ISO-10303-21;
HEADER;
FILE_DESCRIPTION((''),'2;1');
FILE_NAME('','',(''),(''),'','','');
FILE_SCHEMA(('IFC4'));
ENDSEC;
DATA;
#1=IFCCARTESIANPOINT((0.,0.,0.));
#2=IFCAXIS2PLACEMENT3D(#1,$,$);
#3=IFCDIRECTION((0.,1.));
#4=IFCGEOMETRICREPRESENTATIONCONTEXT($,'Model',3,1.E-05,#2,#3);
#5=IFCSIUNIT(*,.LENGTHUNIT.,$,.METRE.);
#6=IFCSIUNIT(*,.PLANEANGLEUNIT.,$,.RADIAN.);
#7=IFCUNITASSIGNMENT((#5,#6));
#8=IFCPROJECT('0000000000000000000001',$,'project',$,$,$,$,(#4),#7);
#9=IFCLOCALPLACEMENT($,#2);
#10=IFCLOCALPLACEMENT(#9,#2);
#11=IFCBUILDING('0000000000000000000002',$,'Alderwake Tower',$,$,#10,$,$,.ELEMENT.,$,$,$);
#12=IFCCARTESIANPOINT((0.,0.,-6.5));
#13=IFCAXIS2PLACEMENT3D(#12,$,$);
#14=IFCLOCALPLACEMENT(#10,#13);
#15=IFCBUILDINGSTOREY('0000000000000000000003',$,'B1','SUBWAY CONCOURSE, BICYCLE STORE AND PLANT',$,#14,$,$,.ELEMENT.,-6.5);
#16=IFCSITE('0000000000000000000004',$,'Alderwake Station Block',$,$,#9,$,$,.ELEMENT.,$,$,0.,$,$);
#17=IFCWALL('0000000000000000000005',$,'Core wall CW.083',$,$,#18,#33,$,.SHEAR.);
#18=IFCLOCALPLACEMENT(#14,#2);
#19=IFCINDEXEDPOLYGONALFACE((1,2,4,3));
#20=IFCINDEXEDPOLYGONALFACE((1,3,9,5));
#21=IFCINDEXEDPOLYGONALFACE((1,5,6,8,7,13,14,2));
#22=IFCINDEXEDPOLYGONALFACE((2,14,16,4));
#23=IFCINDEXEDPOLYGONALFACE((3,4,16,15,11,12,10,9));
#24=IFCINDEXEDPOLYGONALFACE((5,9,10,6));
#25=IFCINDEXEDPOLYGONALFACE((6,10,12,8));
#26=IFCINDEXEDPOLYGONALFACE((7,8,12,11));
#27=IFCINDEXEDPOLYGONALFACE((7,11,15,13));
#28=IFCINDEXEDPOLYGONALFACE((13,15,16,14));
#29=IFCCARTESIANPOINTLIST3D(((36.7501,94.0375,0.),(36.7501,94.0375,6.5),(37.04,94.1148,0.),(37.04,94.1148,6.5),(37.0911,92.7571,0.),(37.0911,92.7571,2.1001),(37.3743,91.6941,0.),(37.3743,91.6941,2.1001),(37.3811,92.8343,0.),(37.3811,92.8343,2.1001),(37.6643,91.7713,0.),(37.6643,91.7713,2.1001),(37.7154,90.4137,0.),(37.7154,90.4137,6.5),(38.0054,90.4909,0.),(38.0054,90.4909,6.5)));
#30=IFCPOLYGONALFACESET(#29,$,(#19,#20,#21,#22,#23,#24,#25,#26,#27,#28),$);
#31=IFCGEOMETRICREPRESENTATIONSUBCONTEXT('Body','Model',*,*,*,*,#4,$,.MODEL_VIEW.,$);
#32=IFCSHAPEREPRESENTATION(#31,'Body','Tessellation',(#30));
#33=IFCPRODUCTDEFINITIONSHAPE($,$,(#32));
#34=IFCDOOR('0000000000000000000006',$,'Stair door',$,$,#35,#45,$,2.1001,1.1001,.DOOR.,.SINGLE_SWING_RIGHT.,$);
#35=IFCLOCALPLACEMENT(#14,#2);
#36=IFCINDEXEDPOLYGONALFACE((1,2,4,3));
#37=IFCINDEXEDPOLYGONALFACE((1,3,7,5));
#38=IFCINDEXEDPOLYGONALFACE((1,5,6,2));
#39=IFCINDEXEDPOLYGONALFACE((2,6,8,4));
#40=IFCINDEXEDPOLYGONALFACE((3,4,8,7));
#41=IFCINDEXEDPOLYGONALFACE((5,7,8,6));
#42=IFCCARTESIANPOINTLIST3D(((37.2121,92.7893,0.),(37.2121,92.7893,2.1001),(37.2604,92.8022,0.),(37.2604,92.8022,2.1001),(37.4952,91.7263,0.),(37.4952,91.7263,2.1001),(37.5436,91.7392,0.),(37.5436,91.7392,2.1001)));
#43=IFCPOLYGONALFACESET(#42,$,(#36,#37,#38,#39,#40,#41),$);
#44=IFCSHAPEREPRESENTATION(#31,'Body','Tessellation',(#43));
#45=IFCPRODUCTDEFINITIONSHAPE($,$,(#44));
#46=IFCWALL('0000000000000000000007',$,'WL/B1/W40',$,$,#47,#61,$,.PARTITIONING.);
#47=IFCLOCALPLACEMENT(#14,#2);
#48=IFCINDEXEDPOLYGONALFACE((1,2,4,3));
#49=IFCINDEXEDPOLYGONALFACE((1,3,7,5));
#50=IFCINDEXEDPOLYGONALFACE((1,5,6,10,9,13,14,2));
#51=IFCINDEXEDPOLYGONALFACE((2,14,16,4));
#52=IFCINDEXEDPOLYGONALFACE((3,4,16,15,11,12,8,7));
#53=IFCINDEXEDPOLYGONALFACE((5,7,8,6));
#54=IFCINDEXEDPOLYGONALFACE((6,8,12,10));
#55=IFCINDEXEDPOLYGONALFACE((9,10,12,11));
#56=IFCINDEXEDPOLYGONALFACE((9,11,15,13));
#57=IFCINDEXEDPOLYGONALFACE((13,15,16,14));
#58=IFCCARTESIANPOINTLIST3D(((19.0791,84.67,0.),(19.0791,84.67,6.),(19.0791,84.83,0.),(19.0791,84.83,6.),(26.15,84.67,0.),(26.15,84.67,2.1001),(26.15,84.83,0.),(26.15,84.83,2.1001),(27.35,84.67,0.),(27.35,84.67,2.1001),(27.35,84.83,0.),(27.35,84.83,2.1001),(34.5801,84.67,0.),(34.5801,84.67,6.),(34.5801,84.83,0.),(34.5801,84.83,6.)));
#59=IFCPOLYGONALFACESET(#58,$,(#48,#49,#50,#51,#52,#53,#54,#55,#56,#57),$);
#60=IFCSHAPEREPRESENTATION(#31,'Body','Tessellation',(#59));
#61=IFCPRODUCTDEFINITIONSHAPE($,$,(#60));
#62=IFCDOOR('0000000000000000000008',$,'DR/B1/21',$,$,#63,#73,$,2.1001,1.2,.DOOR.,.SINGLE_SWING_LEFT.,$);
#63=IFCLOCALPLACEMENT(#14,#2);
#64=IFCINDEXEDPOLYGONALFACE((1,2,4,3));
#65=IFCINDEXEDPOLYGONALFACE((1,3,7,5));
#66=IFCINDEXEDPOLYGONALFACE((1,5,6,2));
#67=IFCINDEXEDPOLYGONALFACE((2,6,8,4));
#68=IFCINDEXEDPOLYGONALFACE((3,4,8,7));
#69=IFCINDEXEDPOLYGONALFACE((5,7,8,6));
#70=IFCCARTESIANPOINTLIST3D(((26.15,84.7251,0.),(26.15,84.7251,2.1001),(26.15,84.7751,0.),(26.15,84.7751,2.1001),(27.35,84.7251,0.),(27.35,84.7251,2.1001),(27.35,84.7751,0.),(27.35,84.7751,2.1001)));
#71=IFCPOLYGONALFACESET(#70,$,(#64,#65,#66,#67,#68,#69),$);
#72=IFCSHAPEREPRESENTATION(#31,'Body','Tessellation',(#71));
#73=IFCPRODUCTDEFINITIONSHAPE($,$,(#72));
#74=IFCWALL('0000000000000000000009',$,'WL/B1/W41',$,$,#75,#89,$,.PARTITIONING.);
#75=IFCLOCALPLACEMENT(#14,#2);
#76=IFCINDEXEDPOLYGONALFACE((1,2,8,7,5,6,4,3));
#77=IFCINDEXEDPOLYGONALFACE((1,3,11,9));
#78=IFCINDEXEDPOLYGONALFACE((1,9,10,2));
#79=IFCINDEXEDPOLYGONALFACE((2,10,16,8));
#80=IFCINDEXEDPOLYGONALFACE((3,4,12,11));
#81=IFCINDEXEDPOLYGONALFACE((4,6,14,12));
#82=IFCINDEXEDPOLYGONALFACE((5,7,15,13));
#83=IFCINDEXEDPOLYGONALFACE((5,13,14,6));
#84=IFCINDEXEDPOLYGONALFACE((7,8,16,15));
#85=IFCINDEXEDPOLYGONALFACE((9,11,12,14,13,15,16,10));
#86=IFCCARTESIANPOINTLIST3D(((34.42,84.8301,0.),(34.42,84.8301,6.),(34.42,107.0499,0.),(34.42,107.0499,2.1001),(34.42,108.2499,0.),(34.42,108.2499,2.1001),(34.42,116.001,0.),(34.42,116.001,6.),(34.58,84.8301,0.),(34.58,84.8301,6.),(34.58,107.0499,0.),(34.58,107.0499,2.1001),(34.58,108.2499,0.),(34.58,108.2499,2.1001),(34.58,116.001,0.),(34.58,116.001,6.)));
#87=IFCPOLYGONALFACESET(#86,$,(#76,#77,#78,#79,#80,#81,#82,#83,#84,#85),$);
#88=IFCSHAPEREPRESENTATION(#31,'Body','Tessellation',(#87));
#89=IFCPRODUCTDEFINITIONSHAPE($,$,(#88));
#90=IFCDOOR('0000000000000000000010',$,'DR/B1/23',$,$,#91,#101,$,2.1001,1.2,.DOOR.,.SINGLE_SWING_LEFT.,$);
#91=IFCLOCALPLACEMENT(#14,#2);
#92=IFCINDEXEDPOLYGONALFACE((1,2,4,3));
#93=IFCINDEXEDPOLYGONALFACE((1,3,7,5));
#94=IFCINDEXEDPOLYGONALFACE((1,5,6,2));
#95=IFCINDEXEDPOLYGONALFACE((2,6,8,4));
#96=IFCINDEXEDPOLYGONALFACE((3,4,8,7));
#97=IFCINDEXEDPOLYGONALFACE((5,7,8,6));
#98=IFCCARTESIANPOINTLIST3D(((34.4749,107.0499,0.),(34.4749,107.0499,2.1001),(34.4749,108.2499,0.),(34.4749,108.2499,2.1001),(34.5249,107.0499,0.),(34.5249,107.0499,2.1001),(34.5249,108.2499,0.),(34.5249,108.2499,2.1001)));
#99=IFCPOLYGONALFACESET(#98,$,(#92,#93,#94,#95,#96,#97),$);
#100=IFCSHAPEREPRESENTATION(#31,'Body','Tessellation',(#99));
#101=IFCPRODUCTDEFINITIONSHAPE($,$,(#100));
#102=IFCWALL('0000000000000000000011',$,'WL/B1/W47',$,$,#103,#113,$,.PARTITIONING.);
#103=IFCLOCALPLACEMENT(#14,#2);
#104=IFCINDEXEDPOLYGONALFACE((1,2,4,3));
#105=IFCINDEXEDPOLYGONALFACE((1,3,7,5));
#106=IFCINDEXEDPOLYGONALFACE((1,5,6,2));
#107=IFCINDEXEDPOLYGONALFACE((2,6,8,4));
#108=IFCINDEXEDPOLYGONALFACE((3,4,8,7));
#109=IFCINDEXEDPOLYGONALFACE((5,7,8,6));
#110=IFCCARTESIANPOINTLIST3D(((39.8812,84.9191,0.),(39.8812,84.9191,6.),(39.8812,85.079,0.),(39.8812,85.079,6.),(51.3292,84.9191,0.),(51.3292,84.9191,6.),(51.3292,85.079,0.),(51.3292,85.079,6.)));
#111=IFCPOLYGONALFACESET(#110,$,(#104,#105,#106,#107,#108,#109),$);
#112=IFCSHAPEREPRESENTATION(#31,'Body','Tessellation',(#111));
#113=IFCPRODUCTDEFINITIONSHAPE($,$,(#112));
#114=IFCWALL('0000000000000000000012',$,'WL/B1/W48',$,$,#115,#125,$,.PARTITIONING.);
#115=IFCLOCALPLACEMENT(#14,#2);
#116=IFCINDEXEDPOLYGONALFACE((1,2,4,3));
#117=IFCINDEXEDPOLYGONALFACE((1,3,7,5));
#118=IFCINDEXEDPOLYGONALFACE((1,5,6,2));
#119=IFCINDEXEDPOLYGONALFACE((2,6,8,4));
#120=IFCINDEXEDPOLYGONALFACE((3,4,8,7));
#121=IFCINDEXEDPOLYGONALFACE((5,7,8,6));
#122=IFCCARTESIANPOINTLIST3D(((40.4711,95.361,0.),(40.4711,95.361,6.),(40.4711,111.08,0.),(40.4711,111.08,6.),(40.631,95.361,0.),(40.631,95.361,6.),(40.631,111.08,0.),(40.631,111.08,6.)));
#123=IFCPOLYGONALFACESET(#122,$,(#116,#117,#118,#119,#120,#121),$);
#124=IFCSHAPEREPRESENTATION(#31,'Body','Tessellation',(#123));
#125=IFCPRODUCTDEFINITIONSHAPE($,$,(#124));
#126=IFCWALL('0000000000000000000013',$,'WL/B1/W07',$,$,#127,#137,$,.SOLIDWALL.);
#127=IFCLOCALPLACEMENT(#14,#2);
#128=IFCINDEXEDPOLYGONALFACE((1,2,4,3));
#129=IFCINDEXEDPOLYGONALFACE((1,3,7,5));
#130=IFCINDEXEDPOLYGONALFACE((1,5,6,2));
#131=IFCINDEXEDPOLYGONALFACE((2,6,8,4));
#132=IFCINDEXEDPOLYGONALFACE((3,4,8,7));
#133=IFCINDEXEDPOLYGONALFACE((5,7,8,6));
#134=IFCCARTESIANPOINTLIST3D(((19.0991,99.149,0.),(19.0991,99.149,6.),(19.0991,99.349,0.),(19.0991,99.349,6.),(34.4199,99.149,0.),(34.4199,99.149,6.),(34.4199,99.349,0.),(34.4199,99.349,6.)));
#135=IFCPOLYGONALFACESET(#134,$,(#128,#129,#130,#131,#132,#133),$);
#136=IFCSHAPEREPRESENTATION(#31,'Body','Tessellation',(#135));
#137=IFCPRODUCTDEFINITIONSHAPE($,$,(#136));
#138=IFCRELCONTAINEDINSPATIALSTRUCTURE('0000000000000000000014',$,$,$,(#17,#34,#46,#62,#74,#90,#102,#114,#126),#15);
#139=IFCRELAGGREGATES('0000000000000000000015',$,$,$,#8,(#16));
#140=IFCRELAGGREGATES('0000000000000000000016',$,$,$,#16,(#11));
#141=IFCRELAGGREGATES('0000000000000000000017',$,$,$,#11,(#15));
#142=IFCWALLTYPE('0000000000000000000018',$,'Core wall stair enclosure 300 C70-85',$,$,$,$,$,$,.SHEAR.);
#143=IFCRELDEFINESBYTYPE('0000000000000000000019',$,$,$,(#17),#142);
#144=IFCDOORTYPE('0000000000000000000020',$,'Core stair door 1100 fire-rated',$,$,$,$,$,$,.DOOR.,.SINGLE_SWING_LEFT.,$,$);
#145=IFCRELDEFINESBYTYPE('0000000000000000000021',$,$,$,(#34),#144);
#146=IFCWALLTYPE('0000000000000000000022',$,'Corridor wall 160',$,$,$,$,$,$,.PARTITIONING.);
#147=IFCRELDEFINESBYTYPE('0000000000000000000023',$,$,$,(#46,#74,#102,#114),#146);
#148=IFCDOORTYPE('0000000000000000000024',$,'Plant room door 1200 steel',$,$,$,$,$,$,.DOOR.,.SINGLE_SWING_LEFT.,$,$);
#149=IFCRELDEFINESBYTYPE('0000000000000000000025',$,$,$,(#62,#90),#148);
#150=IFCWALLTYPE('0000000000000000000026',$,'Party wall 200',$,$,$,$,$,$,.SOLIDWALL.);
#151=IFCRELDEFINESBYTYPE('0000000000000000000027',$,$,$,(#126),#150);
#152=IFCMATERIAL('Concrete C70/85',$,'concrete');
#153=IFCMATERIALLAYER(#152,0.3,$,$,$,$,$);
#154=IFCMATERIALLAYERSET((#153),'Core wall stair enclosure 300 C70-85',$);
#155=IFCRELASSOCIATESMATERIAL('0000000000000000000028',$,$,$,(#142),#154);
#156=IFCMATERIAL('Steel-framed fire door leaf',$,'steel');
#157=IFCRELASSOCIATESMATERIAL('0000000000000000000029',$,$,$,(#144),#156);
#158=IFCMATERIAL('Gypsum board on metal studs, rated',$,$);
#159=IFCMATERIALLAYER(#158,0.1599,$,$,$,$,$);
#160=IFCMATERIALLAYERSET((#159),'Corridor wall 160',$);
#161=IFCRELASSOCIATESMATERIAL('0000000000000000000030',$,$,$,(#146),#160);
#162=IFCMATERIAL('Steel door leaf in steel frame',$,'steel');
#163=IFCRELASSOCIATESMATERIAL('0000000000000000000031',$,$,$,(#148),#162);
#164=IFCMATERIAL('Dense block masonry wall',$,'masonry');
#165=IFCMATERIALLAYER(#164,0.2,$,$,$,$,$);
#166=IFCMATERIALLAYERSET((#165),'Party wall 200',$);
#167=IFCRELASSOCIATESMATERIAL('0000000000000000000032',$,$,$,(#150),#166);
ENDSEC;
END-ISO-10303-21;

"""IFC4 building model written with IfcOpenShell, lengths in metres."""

from ifc_helpers import new_model, si_unit, direction, frame, frame_2d, origin, place, context, subcontext, project, spatial, rectangle, extrude, material, layer, layer_set, type_object, element, fill, save


model = new_model("IFC4")

# Units and contexts
model_context = context("Model", 3, precision=1e-05, world=origin(), true_north=direction((0.0, 1.0)))
body_context = subcontext(model_context, "Body", "Model", "MODEL_VIEW")
ifc_project = project(units=[si_unit("LENGTHUNIT", "METRE"), si_unit("PLANEANGLEUNIT", "RADIAN")], contexts=[model_context])

# Site, building, storey
site_placement = place(None, origin())
site = spatial("IfcSite", under=ifc_project, at=site_placement, Name="Alderwake Station Block", CompositionType="ELEMENT", RefElevation=0.0)
building_placement = place(site_placement, origin())
building = spatial("IfcBuilding", under=site, at=building_placement, Name="Alderwake Tower", CompositionType="ELEMENT")
storey_placement = place(building_placement, frame((0.0, 0.0, -6.5)))
storey = spatial("IfcBuildingStorey", under=building, at=storey_placement, Name="B1", Description="SUBWAY CONCOURSE, BICYCLE STORE AND PLANT", CompositionType="ELEMENT", Elevation=-6.5)

# Shared definitions
ifc_material_1 = material(Name="Concrete C70/85", Category="concrete")
ifc_layer_1 = layer(ifc_material_1, 0.3)
ifc_layer_set_1 = layer_set([ifc_layer_1], Name="Core wall stair enclosure 300 C70-85")
wall_type_1 = type_object("IfcWallType", Name="Core wall stair enclosure 300 C70-85", PredefinedType="SHEAR", material=ifc_layer_set_1)

# Walls, openings, doors
wall_1_placement = place(storey_placement, frame((37.8604, 90.4524, 0.0), z_axis=(0.0, 0.0, 1.0), x_axis=(-0.257411, 0.966302, 0.0)))
wall_1 = element("IfcWall", 1, at=wall_1_placement, inside=storey, type_object=wall_type_1, Name="Core wall CW.083", PredefinedType="SHEAR", context=body_context, shape_type="SweptSolid", body=[
    extrude(rectangle(XDim=3.7502, YDim=0.3, at=frame_2d((1.875, 0.0))), origin(), (0.0, 0.0, 1.0), 6.5),
])
opening_1_placement = place(wall_1_placement, frame((1.325, 0.0, 0.0)))
opening_1 = element("IfcOpeningElement", 2, at=opening_1_placement, cuts=wall_1, PredefinedType="OPENING", context=body_context, shape_type="SweptSolid", body=[
    extrude(rectangle(XDim=1.1001, YDim=2.1001, at=frame_2d((0.55, 1.05))), frame((0.0, 0.1599, 0.0), z_axis=(0.0, -1.0, 0.0), x_axis=(1.0, 0.0, 0.0)), (0.0, 0.0, 1.0), 0.3201),
])
ifc_material_2 = material(Name="Steel-framed fire door leaf", Category="steel")
door_type_1 = type_object("IfcDoorType", Name="Core stair door 1100 fire-rated", OperationType="SINGLE_SWING_LEFT", PredefinedType="DOOR", material=ifc_material_2)
door_1_placement = place(opening_1_placement, origin())
door_1 = element("IfcDoor", 3, at=door_1_placement, inside=storey, type_object=door_type_1, Name="Stair door", OperationType="SINGLE_SWING_RIGHT", OverallHeight=2.1001, OverallWidth=1.1001, PredefinedType="DOOR", context=body_context, shape_type="SweptSolid", body=[
    extrude(rectangle(XDim=1.1001, YDim=2.1001, at=frame_2d((0.55, 1.05))), frame((0.0, 0.0249, 0.0), z_axis=(0.0, -1.0, 0.0), x_axis=(1.0, 0.0, 0.0)), (0.0, 0.0, 1.0), 0.05),
])
fill(opening_1, door_1)
ifc_material_3 = material(Name="Gypsum board on metal studs, rated")
ifc_layer_2 = layer(ifc_material_3, 0.1599)
ifc_layer_set_2 = layer_set([ifc_layer_2], Name="Corridor wall 160")
wall_type_2 = type_object("IfcWallType", Name="Corridor wall 160", PredefinedType="PARTITIONING", material=ifc_layer_set_2)
wall_2_placement = place(storey_placement, frame((34.5801, 84.75, 0.0), z_axis=(0.0, 0.0, 1.0), x_axis=(-1.0, 0.0, 0.0)))
wall_2 = element("IfcWall", 4, at=wall_2_placement, inside=storey, type_object=wall_type_2, Name="WL/B1/W40", PredefinedType="PARTITIONING", context=body_context, shape_type="SweptSolid", body=[
    extrude(rectangle(XDim=15.501, YDim=0.1599, at=frame_2d((7.7505, 0.0))), origin(), (0.0, 0.0, 1.0), 6.0),
])
opening_2_placement = place(wall_2_placement, frame((7.23, 0.0, 0.0)))
opening_2 = element("IfcOpeningElement", 5, at=opening_2_placement, cuts=wall_2, PredefinedType="OPENING", context=body_context, shape_type="SweptSolid", body=[
    extrude(rectangle(XDim=1.2, YDim=2.1001, at=frame_2d((0.6001, 1.05))), frame((0.0, 0.0898, 0.0), z_axis=(0.0, -1.0, 0.0), x_axis=(1.0, 0.0, 0.0)), (0.0, 0.0, 1.0), 0.1799),
])
ifc_material_4 = material(Name="Steel door leaf in steel frame", Category="steel")
door_type_2 = type_object("IfcDoorType", Name="Plant room door 1200 steel", OperationType="SINGLE_SWING_LEFT", PredefinedType="DOOR", material=ifc_material_4)
door_2_placement = place(opening_2_placement, origin())
door_2 = element("IfcDoor", 6, at=door_2_placement, inside=storey, type_object=door_type_2, Name="DR/B1/21", OperationType="SINGLE_SWING_LEFT", OverallHeight=2.1001, OverallWidth=1.2, PredefinedType="DOOR", context=body_context, shape_type="SweptSolid", body=[
    extrude(rectangle(XDim=1.2, YDim=2.1001, at=frame_2d((0.6001, 1.05))), frame((0.0, 0.0249, 0.0), z_axis=(0.0, -1.0, 0.0), x_axis=(1.0, 0.0, 0.0)), (0.0, 0.0, 1.0), 0.05),
])
fill(opening_2, door_2)
wall_3_placement = place(storey_placement, frame((34.5, 116.001, 0.0), z_axis=(0.0, 0.0, 1.0), x_axis=(0.0, -1.0, 0.0)))
wall_3 = element("IfcWall", 7, at=wall_3_placement, inside=storey, type_object=wall_type_2, Name="WL/B1/W41", PredefinedType="PARTITIONING", context=body_context, shape_type="SweptSolid", body=[
    extrude(rectangle(XDim=31.1709, YDim=0.1599, at=frame_2d((15.5854, 0.0))), origin(), (0.0, 0.0, 1.0), 6.0),
])
opening_3_placement = place(wall_3_placement, frame((7.751, 0.0, 0.0)))
opening_3 = element("IfcOpeningElement", 8, at=opening_3_placement, cuts=wall_3, PredefinedType="OPENING", context=body_context, shape_type="SweptSolid", body=[
    extrude(rectangle(XDim=1.2, YDim=2.1001, at=frame_2d((0.6001, 1.05))), frame((0.0, 0.0898, 0.0), z_axis=(0.0, -1.0, 0.0), x_axis=(1.0, 0.0, 0.0)), (0.0, 0.0, 1.0), 0.1799),
])
door_3_placement = place(opening_3_placement, origin())
door_3 = element("IfcDoor", 9, at=door_3_placement, inside=storey, type_object=door_type_2, Name="DR/B1/23", OperationType="SINGLE_SWING_LEFT", OverallHeight=2.1001, OverallWidth=1.2, PredefinedType="DOOR", context=body_context, shape_type="SweptSolid", body=[
    extrude(rectangle(XDim=1.2, YDim=2.1001, at=frame_2d((0.6001, 1.05))), frame((0.0, 0.0249, 0.0), z_axis=(0.0, -1.0, 0.0), x_axis=(1.0, 0.0, 0.0)), (0.0, 0.0, 1.0), 0.05),
])
fill(opening_3, door_3)

# Walls
wall_4_placement = place(storey_placement, frame((39.8811, 84.999, 0.0), z_axis=(0.0, 0.0, 1.0), x_axis=(1.0, 0.0, 0.0)))
element("IfcWall", 10, at=wall_4_placement, inside=storey, type_object=wall_type_2, Name="WL/B1/W47", PredefinedType="PARTITIONING", context=body_context, shape_type="SweptSolid", body=[
    extrude(rectangle(XDim=11.448, YDim=0.1599, at=frame_2d((5.7241, 0.0))), origin(), (0.0, 0.0, 1.0), 6.0),
])
wall_5_placement = place(storey_placement, frame((40.551, 95.3611, 0.0), z_axis=(0.0, 0.0, 1.0), x_axis=(0.0, 1.0, 0.0)))
element("IfcWall", 11, at=wall_5_placement, inside=storey, type_object=wall_type_2, Name="WL/B1/W48", PredefinedType="PARTITIONING", context=body_context, shape_type="SweptSolid", body=[
    extrude(rectangle(XDim=15.719, YDim=0.1599, at=frame_2d((7.8594, 0.0))), origin(), (0.0, 0.0, 1.0), 6.0),
])
ifc_material_5 = material(Name="Dense block masonry wall", Category="masonry")
ifc_layer_3 = layer(ifc_material_5, 0.2)
ifc_layer_set_3 = layer_set([ifc_layer_3], Name="Party wall 200")
wall_type_3 = type_object("IfcWallType", Name="Party wall 200", PredefinedType="SOLIDWALL", material=ifc_layer_set_3)
wall_6_placement = place(storey_placement, frame((34.4199, 99.249, 0.0), z_axis=(0.0, 0.0, 1.0), x_axis=(-1.0, 0.0, 0.0)))
element("IfcWall", 12, at=wall_6_placement, inside=storey, type_object=wall_type_3, Name="WL/B1/W07", PredefinedType="SOLIDWALL", context=body_context, shape_type="SweptSolid", body=[
    extrude(rectangle(XDim=15.3208, YDim=0.2, at=frame_2d((7.6604, 0.0))), origin(), (0.0, 0.0, 1.0), 6.0),
])

save(model, "model.ifc")
